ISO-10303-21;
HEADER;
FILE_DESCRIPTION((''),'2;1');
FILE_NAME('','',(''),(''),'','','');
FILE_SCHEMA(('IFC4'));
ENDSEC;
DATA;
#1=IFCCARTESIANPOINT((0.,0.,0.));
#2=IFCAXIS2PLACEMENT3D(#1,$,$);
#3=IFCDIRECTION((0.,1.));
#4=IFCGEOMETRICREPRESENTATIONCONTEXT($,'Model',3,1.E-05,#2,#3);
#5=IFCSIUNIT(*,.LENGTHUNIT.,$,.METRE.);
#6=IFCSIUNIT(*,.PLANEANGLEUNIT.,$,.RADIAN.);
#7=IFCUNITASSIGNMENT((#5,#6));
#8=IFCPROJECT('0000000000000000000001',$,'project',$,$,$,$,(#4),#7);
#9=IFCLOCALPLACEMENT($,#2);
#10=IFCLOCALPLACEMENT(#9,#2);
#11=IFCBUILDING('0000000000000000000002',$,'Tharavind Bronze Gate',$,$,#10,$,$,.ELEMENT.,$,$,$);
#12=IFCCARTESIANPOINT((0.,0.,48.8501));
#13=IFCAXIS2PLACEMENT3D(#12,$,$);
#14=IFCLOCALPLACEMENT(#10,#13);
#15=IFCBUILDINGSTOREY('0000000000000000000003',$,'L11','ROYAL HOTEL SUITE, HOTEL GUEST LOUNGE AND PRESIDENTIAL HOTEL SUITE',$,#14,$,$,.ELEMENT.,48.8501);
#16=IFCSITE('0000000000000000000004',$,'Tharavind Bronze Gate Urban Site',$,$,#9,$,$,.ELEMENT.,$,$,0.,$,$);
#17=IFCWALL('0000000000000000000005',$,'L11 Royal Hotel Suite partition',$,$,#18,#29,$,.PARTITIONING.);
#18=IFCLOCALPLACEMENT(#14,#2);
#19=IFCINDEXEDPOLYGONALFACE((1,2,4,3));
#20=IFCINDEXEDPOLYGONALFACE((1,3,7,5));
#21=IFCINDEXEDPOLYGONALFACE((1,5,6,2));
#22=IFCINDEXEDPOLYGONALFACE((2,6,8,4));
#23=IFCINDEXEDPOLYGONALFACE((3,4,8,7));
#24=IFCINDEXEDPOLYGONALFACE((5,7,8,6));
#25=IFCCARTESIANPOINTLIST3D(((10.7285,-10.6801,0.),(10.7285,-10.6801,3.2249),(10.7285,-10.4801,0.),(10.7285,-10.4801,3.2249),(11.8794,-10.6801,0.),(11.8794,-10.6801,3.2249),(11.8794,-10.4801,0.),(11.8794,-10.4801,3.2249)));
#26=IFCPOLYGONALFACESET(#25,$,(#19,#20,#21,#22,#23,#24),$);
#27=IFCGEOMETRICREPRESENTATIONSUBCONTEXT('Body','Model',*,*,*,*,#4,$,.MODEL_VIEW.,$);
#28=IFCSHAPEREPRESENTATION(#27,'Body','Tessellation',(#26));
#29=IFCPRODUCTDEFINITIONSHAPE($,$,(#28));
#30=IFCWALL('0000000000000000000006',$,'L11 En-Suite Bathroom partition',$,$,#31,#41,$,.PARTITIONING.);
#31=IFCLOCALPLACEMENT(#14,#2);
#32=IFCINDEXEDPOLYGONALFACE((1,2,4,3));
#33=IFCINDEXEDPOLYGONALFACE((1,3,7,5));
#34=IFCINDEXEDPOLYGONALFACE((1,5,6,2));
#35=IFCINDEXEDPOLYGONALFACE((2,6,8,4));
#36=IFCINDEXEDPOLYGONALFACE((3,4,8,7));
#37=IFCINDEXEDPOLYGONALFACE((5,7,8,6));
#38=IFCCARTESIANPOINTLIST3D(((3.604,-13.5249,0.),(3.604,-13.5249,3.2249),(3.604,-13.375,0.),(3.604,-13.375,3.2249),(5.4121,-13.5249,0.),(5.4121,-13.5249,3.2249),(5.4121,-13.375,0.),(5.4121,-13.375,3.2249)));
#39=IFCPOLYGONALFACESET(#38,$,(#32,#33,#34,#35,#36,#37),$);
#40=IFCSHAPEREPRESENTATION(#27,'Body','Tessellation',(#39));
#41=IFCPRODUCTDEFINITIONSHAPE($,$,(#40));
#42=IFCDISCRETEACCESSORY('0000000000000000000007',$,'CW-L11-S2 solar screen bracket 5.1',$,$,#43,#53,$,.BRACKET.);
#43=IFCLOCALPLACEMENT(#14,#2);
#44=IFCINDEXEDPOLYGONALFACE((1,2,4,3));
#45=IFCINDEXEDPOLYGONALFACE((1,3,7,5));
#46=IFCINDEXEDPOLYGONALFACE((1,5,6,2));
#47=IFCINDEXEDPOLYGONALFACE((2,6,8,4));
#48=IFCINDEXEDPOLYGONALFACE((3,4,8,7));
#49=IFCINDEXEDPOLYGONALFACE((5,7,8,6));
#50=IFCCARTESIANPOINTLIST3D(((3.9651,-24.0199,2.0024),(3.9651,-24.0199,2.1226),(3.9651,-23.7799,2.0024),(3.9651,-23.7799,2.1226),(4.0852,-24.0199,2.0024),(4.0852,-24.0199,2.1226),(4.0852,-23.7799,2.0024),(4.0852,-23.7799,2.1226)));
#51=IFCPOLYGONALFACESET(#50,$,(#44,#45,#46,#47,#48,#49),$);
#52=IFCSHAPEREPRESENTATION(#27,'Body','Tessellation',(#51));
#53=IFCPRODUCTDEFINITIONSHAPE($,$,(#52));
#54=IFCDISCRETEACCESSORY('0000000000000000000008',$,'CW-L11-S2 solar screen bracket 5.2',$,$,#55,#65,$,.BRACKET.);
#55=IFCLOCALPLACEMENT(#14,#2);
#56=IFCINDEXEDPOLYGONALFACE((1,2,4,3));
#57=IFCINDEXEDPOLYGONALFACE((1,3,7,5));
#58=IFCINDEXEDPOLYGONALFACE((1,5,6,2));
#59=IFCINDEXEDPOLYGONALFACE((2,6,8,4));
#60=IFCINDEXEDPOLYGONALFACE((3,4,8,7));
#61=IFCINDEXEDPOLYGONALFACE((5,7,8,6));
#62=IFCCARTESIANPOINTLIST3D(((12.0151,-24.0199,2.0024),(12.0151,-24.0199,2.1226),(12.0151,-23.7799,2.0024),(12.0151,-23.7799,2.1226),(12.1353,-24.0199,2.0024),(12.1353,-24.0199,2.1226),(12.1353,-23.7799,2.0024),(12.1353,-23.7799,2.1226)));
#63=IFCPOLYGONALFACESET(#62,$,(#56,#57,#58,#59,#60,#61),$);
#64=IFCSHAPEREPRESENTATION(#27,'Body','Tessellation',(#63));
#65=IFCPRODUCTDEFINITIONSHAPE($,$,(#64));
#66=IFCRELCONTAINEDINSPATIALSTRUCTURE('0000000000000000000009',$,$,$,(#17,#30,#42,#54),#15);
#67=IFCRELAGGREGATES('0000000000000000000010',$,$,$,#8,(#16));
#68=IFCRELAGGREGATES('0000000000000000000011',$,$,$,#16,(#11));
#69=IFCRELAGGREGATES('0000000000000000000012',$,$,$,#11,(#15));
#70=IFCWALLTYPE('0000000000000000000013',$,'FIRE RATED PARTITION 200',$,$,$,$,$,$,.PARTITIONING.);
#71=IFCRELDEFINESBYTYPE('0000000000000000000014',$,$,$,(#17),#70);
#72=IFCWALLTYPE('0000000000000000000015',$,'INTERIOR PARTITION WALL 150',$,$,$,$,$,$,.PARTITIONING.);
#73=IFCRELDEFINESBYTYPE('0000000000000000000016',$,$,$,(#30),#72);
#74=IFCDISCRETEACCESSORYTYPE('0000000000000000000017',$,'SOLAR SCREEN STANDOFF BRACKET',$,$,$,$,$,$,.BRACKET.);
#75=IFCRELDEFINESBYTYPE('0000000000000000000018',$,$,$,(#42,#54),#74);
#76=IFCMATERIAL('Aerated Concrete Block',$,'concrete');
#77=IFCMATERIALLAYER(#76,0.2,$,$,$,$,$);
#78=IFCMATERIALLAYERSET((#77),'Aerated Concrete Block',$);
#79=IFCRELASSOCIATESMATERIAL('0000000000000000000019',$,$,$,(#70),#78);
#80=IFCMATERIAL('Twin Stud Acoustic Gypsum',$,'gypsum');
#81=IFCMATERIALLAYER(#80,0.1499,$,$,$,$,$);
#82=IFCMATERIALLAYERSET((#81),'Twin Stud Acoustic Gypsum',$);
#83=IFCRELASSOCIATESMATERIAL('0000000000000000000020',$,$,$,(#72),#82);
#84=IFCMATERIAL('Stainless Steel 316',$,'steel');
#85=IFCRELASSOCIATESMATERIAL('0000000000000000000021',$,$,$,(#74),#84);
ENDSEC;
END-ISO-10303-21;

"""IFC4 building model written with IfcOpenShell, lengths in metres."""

from ifc_helpers import new_model, si_unit, direction, frame, frame_2d, origin, origin_2d, place, context, subcontext, project, spatial, rectangle, extrude, material, layer, layer_set, type_object, element, save


model = new_model("IFC4")

# Units and contexts
model_context = context("Model", 3, precision=1e-05, world=origin(), true_north=direction((0.0, 1.0)))
body_context = subcontext(model_context, "Body", "Model", "MODEL_VIEW")
ifc_project = project(units=[si_unit("LENGTHUNIT", "METRE"), si_unit("PLANEANGLEUNIT", "RADIAN")], contexts=[model_context])

# Site, building, storey
site_placement = place(None, origin())
site = spatial("IfcSite", under=ifc_project, at=site_placement, Name="Tharavind Bronze Gate Urban Site", CompositionType="ELEMENT", RefElevation=0.0)
building_placement = place(site_placement, origin())
building = spatial("IfcBuilding", under=site, at=building_placement, Name="Tharavind Bronze Gate", CompositionType="ELEMENT")
storey_placement = place(building_placement, frame((0.0, 0.0, 48.8501)))
storey = spatial("IfcBuildingStorey", under=building, at=storey_placement, Name="L11", Description="ROYAL HOTEL SUITE, HOTEL GUEST LOUNGE AND PRESIDENTIAL HOTEL SUITE", CompositionType="ELEMENT", Elevation=48.8501)

# Shared definitions
ifc_material_1 = material(Name="Aerated Concrete Block", Category="concrete")
ifc_layer_1 = layer(ifc_material_1, 0.2)
ifc_layer_set_1 = layer_set([ifc_layer_1], Name="Aerated Concrete Block")
wall_type_1 = type_object("IfcWallType", Name="FIRE RATED PARTITION 200", PredefinedType="PARTITIONING", material=ifc_layer_set_1)

# Walls
wall_1_placement = place(storey_placement, frame((10.7285, -10.5801, 0.0), z_axis=(0.0, 0.0, 1.0), x_axis=(1.0, 0.0, 0.0)))
element("IfcWall", 1, at=wall_1_placement, inside=storey, type_object=wall_type_1, Name="L11 Royal Hotel Suite partition", PredefinedType="PARTITIONING", context=body_context, shape_type="SweptSolid", body=[
    extrude(rectangle(XDim=1.1509, YDim=0.2, at=frame_2d((0.5754, 0.0))), origin(), (0.0, 0.0, 1.0), 3.2249),
])
ifc_material_2 = material(Name="Twin Stud Acoustic Gypsum", Category="gypsum")
ifc_layer_2 = layer(ifc_material_2, 0.1499)
ifc_layer_set_2 = layer_set([ifc_layer_2], Name="Twin Stud Acoustic Gypsum")
wall_type_2 = type_object("IfcWallType", Name="INTERIOR PARTITION WALL 150", PredefinedType="PARTITIONING", material=ifc_layer_set_2)
wall_2_placement = place(storey_placement, frame((5.4121, -13.45, 0.0), z_axis=(0.0, 0.0, 1.0), x_axis=(-1.0, 0.0, 0.0)))
element("IfcWall", 2, at=wall_2_placement, inside=storey, type_object=wall_type_2, Name="L11 En-Suite Bathroom partition", PredefinedType="PARTITIONING", context=body_context, shape_type="SweptSolid", body=[
    extrude(rectangle(XDim=1.8081, YDim=0.1499, at=frame_2d((0.9041, 0.0))), origin(), (0.0, 0.0, 1.0), 3.2249),
])

# Discrete accessories
ifc_material_3 = material(Name="Stainless Steel 316", Category="steel")
discrete_accessory_type = type_object("IfcDiscreteAccessoryType", Name="SOLAR SCREEN STANDOFF BRACKET", PredefinedType="BRACKET", material=ifc_material_3)
for number, where, z_axis, x_axis, name in (
    (3, (4.0251, -23.8999, 2.0024), (0.0, 0.0, 1.0), (1.0, 0.0, 0.0), "CW-L11-S2 solar screen bracket 5.1"),
    (4, (12.0752, -23.8999, 2.0024), (0.0, 0.0, 1.0), (1.0, 0.0, 0.0), "CW-L11-S2 solar screen bracket 5.2"),
):
    element("IfcDiscreteAccessory", number, at=place(storey_placement, frame(where, z_axis=z_axis, x_axis=x_axis)), inside=storey, type_object=discrete_accessory_type, Name=name, PredefinedType="BRACKET", context=body_context, shape_type="SweptSolid", body=[
        extrude(rectangle(XDim=0.1201, YDim=0.24, at=origin_2d()), origin(), (0.0, 0.0, 1.0), 0.1201),
    ])

save(model, "model.ifc")
